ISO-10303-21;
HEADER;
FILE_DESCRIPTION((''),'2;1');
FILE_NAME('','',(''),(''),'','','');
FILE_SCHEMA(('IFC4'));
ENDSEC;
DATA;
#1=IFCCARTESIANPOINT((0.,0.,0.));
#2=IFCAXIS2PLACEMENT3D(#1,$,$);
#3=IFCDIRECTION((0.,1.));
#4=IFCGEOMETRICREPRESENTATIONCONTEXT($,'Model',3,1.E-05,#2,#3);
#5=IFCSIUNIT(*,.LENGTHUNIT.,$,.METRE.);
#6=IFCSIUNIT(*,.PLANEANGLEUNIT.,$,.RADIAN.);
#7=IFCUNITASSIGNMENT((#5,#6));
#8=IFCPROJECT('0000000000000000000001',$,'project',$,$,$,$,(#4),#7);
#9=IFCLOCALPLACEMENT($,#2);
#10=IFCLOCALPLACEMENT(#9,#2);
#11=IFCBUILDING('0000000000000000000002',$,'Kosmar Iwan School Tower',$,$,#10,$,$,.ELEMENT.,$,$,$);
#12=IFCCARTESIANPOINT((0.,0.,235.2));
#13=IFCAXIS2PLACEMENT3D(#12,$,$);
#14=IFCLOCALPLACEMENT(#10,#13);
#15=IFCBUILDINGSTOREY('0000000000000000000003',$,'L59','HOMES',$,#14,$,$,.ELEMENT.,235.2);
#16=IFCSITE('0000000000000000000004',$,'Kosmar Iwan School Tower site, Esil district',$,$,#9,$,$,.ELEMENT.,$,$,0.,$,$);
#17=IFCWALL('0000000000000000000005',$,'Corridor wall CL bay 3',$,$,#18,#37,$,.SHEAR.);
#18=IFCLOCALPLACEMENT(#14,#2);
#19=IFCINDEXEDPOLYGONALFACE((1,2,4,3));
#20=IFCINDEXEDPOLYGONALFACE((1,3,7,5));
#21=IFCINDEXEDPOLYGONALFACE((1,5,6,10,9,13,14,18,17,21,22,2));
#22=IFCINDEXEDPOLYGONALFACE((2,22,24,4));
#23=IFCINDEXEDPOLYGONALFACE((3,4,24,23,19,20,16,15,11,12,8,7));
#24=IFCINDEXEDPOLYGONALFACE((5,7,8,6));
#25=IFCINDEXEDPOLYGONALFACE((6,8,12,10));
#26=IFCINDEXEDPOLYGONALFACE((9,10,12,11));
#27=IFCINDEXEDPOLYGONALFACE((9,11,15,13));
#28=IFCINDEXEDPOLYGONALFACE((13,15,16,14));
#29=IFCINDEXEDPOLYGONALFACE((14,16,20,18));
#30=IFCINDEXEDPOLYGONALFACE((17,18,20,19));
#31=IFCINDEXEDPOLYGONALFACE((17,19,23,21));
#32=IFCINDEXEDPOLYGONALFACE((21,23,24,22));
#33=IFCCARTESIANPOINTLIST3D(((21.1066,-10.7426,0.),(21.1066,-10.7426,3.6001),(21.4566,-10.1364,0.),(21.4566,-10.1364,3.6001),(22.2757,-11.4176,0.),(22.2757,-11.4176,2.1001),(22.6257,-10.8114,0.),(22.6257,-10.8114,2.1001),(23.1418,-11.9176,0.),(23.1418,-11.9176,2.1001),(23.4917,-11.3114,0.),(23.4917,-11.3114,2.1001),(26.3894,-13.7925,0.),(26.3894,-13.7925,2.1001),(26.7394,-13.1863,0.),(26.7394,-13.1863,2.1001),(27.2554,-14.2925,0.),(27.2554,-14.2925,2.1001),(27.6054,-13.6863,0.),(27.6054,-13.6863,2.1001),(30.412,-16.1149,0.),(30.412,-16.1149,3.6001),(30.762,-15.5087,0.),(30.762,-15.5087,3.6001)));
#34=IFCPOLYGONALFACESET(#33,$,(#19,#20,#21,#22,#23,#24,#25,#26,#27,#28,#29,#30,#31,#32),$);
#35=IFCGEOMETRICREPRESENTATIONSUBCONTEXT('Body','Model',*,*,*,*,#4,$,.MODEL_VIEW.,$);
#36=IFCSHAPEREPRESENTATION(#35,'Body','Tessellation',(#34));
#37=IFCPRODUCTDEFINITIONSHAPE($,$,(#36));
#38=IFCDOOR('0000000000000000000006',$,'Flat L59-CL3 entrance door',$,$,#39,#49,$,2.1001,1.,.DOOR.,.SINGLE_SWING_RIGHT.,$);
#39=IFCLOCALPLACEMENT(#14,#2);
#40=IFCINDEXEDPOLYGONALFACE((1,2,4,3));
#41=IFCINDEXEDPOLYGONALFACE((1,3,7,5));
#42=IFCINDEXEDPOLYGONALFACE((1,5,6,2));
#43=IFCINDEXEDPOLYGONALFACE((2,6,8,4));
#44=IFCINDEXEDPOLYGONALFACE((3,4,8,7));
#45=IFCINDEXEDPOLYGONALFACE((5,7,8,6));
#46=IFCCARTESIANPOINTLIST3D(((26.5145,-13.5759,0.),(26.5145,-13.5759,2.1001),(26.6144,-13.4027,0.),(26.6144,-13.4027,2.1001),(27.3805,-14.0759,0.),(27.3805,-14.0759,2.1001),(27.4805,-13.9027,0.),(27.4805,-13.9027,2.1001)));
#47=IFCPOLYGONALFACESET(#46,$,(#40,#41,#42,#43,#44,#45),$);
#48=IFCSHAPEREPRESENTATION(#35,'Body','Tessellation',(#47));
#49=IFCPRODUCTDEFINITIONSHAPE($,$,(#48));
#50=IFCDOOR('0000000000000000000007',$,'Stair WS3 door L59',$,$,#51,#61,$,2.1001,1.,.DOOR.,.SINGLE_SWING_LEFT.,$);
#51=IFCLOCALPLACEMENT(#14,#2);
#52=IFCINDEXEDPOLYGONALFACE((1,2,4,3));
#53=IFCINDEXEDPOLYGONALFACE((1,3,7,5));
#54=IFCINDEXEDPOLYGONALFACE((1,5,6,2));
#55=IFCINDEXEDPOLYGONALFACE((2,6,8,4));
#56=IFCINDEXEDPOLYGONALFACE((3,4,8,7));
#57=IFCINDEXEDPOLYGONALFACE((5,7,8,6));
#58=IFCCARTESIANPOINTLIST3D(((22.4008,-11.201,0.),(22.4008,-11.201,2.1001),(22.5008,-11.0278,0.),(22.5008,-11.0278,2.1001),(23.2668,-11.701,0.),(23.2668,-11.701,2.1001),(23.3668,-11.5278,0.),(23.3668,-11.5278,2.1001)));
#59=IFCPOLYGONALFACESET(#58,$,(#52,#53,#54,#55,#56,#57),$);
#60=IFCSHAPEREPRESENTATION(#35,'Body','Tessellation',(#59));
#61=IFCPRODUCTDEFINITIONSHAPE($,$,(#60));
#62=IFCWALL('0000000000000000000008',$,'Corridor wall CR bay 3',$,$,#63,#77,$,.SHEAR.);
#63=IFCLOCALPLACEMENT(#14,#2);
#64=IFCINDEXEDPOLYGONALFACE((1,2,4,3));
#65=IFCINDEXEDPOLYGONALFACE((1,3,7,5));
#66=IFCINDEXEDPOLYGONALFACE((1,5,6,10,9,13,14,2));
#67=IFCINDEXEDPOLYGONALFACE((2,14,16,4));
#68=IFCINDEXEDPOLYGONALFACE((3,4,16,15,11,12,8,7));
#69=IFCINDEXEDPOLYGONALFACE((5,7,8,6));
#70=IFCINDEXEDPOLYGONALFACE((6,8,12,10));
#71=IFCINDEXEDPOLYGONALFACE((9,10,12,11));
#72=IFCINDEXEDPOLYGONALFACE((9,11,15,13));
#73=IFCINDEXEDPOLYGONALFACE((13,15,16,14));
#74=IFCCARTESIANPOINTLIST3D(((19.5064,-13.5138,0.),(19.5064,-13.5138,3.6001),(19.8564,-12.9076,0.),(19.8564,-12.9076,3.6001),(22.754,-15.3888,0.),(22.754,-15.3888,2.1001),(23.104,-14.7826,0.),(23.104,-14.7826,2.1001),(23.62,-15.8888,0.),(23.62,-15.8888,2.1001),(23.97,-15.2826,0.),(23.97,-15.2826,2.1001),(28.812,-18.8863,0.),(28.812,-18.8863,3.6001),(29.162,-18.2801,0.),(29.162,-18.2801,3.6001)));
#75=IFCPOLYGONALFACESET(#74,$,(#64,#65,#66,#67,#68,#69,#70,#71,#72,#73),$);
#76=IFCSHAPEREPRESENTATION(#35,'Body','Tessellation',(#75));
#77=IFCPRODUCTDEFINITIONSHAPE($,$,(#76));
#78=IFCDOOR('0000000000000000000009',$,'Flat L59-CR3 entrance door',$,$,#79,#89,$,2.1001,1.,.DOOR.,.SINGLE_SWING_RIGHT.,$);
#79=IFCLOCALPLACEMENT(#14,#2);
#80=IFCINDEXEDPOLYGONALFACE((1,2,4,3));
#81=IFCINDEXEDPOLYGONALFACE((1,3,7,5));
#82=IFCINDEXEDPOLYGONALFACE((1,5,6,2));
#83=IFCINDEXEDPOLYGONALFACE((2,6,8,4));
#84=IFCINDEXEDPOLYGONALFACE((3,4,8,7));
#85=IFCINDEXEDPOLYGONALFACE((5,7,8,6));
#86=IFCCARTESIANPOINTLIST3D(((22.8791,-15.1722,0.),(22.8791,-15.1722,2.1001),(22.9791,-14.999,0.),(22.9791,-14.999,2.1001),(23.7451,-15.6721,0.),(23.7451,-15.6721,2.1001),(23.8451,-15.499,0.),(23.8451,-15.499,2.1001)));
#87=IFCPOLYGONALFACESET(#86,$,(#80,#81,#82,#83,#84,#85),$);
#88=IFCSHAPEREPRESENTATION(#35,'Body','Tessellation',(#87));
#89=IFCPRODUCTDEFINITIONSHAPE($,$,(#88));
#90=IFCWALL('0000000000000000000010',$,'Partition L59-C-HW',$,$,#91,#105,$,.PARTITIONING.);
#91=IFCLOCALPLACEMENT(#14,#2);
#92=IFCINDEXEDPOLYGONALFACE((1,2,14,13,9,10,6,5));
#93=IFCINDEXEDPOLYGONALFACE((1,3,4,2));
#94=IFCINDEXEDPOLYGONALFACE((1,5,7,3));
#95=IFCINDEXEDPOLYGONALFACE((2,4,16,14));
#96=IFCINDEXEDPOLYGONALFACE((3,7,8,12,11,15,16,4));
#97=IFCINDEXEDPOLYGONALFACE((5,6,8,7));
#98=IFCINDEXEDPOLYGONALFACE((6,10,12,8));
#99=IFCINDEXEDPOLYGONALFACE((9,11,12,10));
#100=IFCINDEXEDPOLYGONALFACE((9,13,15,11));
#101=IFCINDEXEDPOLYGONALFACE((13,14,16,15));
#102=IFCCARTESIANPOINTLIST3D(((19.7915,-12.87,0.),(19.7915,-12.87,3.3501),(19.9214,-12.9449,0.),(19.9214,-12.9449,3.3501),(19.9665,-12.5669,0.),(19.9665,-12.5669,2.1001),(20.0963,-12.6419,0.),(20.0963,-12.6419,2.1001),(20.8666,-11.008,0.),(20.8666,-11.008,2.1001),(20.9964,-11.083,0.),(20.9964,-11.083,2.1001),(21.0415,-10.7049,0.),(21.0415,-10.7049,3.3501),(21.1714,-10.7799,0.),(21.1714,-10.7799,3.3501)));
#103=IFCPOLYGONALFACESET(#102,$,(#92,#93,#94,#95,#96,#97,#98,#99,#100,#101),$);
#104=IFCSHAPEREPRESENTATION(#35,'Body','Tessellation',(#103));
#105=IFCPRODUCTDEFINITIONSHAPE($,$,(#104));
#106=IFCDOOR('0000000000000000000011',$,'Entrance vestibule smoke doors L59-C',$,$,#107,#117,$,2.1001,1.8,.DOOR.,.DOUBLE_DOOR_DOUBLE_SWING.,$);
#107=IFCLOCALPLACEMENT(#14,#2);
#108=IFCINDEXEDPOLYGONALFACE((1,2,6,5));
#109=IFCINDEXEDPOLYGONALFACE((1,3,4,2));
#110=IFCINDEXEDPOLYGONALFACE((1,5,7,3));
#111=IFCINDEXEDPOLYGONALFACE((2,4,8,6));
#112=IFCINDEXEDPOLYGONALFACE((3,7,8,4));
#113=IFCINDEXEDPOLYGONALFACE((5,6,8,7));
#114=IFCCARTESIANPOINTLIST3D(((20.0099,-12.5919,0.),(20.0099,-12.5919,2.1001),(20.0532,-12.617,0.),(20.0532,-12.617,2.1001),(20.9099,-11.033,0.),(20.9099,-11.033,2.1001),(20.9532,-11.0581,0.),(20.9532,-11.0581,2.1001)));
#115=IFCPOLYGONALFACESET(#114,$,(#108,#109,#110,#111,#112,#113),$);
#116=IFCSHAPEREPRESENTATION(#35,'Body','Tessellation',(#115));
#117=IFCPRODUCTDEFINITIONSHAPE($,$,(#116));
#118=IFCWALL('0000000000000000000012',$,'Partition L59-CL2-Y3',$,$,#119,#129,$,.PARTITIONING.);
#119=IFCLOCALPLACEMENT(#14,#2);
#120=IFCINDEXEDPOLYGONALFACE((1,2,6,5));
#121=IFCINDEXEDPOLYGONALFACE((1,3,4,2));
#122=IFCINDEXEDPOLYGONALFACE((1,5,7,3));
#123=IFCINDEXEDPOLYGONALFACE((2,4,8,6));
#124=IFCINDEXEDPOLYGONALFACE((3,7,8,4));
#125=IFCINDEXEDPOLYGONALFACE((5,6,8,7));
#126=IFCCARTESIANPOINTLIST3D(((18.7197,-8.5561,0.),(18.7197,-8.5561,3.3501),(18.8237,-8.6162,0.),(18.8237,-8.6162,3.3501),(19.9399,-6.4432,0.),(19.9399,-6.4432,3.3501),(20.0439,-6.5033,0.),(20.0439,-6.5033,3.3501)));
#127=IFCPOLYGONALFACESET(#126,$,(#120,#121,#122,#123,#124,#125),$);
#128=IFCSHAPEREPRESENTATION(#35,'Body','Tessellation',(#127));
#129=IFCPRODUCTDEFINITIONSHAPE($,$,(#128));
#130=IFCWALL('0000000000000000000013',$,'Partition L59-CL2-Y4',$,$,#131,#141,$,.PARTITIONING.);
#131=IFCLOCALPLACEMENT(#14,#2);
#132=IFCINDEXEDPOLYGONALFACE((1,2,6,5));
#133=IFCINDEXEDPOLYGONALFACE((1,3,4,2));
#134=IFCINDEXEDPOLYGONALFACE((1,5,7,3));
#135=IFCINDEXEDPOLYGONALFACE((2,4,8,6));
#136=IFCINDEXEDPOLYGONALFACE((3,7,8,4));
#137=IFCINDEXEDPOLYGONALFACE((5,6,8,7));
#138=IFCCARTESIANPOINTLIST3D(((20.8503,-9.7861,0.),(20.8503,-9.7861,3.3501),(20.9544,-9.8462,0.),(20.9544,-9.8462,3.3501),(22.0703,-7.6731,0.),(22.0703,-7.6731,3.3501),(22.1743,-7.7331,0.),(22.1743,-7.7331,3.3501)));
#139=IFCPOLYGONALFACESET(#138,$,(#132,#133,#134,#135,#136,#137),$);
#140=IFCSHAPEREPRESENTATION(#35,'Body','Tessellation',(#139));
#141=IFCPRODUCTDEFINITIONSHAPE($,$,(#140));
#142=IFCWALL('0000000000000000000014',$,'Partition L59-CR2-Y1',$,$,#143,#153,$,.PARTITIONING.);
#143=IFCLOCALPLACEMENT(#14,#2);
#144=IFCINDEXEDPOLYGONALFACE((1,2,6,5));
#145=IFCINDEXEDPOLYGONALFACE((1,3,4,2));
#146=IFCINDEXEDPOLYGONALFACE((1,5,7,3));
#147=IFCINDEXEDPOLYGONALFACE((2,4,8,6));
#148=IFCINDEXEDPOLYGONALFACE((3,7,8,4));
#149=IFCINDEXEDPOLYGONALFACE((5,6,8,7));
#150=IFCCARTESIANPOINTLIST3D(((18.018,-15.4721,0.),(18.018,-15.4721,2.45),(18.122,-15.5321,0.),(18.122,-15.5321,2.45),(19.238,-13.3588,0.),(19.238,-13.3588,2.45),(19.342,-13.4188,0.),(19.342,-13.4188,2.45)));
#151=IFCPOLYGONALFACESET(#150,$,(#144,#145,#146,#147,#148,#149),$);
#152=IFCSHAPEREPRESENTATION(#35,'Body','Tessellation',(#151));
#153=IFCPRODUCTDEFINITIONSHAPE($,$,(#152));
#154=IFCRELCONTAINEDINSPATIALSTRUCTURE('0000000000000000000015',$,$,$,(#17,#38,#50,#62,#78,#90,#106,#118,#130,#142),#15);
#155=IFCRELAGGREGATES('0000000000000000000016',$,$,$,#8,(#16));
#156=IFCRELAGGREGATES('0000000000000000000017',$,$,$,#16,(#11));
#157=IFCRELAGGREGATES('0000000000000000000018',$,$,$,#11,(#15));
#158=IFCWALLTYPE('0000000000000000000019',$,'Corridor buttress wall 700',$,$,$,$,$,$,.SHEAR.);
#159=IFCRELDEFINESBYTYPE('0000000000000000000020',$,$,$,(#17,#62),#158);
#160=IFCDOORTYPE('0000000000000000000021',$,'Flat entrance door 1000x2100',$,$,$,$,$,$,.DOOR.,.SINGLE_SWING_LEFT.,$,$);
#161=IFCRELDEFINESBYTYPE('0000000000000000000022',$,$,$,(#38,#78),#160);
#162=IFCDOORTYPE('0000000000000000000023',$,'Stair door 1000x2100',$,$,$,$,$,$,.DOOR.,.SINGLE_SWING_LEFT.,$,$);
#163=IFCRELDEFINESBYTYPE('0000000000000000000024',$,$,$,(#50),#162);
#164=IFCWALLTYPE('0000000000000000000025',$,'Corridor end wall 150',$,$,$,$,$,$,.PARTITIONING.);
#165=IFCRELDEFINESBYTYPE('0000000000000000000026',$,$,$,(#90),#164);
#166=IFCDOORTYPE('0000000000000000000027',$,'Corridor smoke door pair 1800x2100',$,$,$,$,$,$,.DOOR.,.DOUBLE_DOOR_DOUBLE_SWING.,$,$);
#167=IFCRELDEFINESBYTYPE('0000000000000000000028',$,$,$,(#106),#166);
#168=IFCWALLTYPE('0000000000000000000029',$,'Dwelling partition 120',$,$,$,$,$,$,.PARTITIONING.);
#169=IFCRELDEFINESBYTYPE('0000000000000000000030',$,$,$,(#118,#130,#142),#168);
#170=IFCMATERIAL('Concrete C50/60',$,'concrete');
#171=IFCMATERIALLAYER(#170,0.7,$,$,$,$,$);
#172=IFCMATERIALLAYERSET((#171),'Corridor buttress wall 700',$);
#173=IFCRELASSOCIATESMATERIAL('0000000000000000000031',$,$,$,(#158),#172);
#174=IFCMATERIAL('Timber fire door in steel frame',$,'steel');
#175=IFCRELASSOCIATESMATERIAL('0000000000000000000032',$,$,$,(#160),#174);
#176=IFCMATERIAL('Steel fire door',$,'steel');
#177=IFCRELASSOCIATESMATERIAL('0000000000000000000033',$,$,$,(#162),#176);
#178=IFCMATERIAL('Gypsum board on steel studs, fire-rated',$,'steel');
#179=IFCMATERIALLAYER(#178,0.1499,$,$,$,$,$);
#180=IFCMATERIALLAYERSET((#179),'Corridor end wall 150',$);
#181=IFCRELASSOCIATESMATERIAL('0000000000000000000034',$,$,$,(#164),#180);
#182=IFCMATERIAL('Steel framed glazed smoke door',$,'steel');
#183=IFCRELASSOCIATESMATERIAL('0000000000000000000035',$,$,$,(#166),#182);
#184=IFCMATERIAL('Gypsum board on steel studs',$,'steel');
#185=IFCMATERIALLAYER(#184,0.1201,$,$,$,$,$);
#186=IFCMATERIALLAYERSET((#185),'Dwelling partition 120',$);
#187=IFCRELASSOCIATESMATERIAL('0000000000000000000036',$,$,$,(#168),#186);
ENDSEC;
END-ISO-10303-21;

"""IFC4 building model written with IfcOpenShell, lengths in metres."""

from ifc_helpers import new_model, si_unit, direction, frame, frame_2d, origin, place, context, subcontext, project, spatial, rectangle, extrude, material, layer, layer_set, type_object, element, fill, save


model = new_model("IFC4")

# Units and contexts
model_context = context("Model", 3, precision=1e-05, world=origin(), true_north=direction((0.0, 1.0)))
body_context = subcontext(model_context, "Body", "Model", "MODEL_VIEW")
ifc_project = project(units=[si_unit("LENGTHUNIT", "METRE"), si_unit("PLANEANGLEUNIT", "RADIAN")], contexts=[model_context])

# Site, building, storey
site_placement = place(None, origin())
site = spatial("IfcSite", under=ifc_project, at=site_placement, Name="Kosmar Iwan School Tower site, Esil district", CompositionType="ELEMENT", RefElevation=0.0)
building_placement = place(site_placement, origin())
building = spatial("IfcBuilding", under=site, at=building_placement, Name="Kosmar Iwan School Tower", CompositionType="ELEMENT")
storey_placement = place(building_placement, frame((0.0, 0.0, 235.2)))
storey = spatial("IfcBuildingStorey", under=building, at=storey_placement, Name="L59", Description="HOMES", CompositionType="ELEMENT", Elevation=235.2)

# Wall, openings, doors
ifc_material_1 = material(Name="Concrete C50/60", Category="concrete")
ifc_layer_1 = layer(ifc_material_1, 0.7)
ifc_layer_set_1 = layer_set([ifc_layer_1], Name="Corridor buttress wall 700")
wall_type_1 = type_object("IfcWallType", Name="Corridor buttress wall 700", PredefinedType="SHEAR", material=ifc_layer_set_1)
wall_1_placement = place(storey_placement, frame((21.2815, -10.4395, 0.0), z_axis=(0.0, 0.0, 1.0), x_axis=(0.866032, -0.499988, 0.0)))
wall_1 = element("IfcWall", 1, at=wall_1_placement, inside=storey, type_object=wall_type_1, Name="Corridor wall CL bay 3", PredefinedType="SHEAR", context=body_context, shape_type="SweptSolid", body=[
    extrude(rectangle(XDim=10.7449, YDim=0.7, at=frame_2d((5.3726, 0.0))), origin(), (0.0, 0.0, 1.0), 3.6001),
])
opening_1_placement = place(wall_1_placement, frame((6.1001, 0.0, 0.0)))
opening_1 = element("IfcOpeningElement", 2, at=opening_1_placement, cuts=wall_1, PredefinedType="OPENING", context=body_context, shape_type="SweptSolid", body=[
    extrude(rectangle(XDim=1.0, YDim=2.1001, at=frame_2d((0.5, 1.05))), frame((0.0, 0.3621, 0.0), z_axis=(0.0, -1.0, 0.0), x_axis=(1.0, 0.0, 0.0)), (0.0, 0.0, 1.0), 0.7239),
])
opening_2_placement = place(wall_1_placement, frame((1.3501, 0.0, 0.0)))
opening_2 = element("IfcOpeningElement", 3, at=opening_2_placement, cuts=wall_1, PredefinedType="OPENING", context=body_context, shape_type="SweptSolid", body=[
    extrude(rectangle(XDim=1.0, YDim=2.1001, at=frame_2d((0.5, 1.05))), frame((0.0, 0.3621, 0.0), z_axis=(0.0, -1.0, 0.0), x_axis=(1.0, 0.0, 0.0)), (0.0, 0.0, 1.0), 0.7239),
])
ifc_material_2 = material(Name="Timber fire door in steel frame", Category="steel")
door_type_1 = type_object("IfcDoorType", Name="Flat entrance door 1000x2100", OperationType="SINGLE_SWING_LEFT", PredefinedType="DOOR", material=ifc_material_2)
door_1_placement = place(opening_1_placement, origin())
door_1 = element("IfcDoor", 4, at=door_1_placement, inside=storey, type_object=door_type_1, Name="Flat L59-CL3 entrance door", OperationType="SINGLE_SWING_RIGHT", OverallHeight=2.1001, OverallWidth=1.0, PredefinedType="DOOR", context=body_context, shape_type="SweptSolid", body=[
    extrude(rectangle(XDim=1.0, YDim=2.1001, at=frame_2d((0.5, 1.05))), frame((0.0, 0.1001, 0.0), z_axis=(0.0, -1.0, 0.0), x_axis=(1.0, 0.0, 0.0)), (0.0, 0.0, 1.0), 0.2),
])
fill(opening_1, door_1)
ifc_material_3 = material(Name="Steel fire door", Category="steel")
door_type_2 = type_object("IfcDoorType", Name="Stair door 1000x2100", OperationType="SINGLE_SWING_LEFT", PredefinedType="DOOR", material=ifc_material_3)
door_2_placement = place(opening_2_placement, origin())
door_2 = element("IfcDoor", 5, at=door_2_placement, inside=storey, type_object=door_type_2, Name="Stair WS3 door L59", OperationType="SINGLE_SWING_LEFT", OverallHeight=2.1001, OverallWidth=1.0, PredefinedType="DOOR", context=body_context, shape_type="SweptSolid", body=[
    extrude(rectangle(XDim=1.0, YDim=2.1001, at=frame_2d((0.5, 1.05))), frame((0.0, 0.1001, 0.0), z_axis=(0.0, -1.0, 0.0), x_axis=(1.0, 0.0, 0.0)), (0.0, 0.0, 1.0), 0.2),
])
fill(opening_2, door_2)

# Walls, openings, doors
wall_2_placement = place(storey_placement, frame((19.6814, -13.2107, 0.0), z_axis=(0.0, 0.0, 1.0), x_axis=(0.866028, -0.499995, 0.0)))
wall_2 = element("IfcWall", 6, at=wall_2_placement, inside=storey, type_object=wall_type_1, Name="Corridor wall CR bay 3", PredefinedType="SHEAR", context=body_context, shape_type="SweptSolid", body=[
    extrude(rectangle(XDim=10.7451, YDim=0.7, at=frame_2d((5.3726, 0.0))), origin(), (0.0, 0.0, 1.0), 3.6001),
])
opening_3_placement = place(wall_2_placement, frame((3.75, 0.0, 0.0)))
opening_3 = element("IfcOpeningElement", 7, at=opening_3_placement, cuts=wall_2, PredefinedType="OPENING", context=body_context, shape_type="SweptSolid", body=[
    extrude(rectangle(XDim=1.0, YDim=2.1001, at=frame_2d((0.5, 1.05))), frame((0.0, 0.3621, 0.0), z_axis=(0.0, -1.0, 0.0), x_axis=(1.0, 0.0, 0.0)), (0.0, 0.0, 1.0), 0.7239),
])
door_3_placement = place(opening_3_placement, origin())
door_3 = element("IfcDoor", 8, at=door_3_placement, inside=storey, type_object=door_type_1, Name="Flat L59-CR3 entrance door", OperationType="SINGLE_SWING_RIGHT", OverallHeight=2.1001, OverallWidth=1.0, PredefinedType="DOOR", context=body_context, shape_type="SweptSolid", body=[
    extrude(rectangle(XDim=1.0, YDim=2.1001, at=frame_2d((0.5, 1.05))), frame((0.0, 0.1001, 0.0), z_axis=(0.0, -1.0, 0.0), x_axis=(1.0, 0.0, 0.0)), (0.0, 0.0, 1.0), 0.2),
])
fill(opening_3, door_3)
ifc_material_4 = material(Name="Gypsum board on steel studs, fire-rated", Category="steel")
ifc_layer_2 = layer(ifc_material_4, 0.1499)
ifc_layer_set_2 = layer_set([ifc_layer_2], Name="Corridor end wall 150")
wall_type_2 = type_object("IfcWallType", Name="Corridor end wall 150", PredefinedType="PARTITIONING", material=ifc_layer_set_2)
wall_3_placement = place(storey_placement, frame((19.8564, -12.9075, 0.0), z_axis=(0.0, 0.0, 1.0), x_axis=(0.500004, 0.866023, 0.0)))
wall_3 = element("IfcWall", 9, at=wall_3_placement, inside=storey, type_object=wall_type_2, Name="Partition L59-C-HW", PredefinedType="PARTITIONING", context=body_context, shape_type="SweptSolid", body=[
    extrude(rectangle(XDim=2.5, YDim=0.1499, at=frame_2d((1.25, 0.0))), origin(), (0.0, 0.0, 1.0), 3.3501),
])
opening_4_placement = place(wall_3_placement, frame((0.3501, 0.0, 0.0)))
opening_4 = element("IfcOpeningElement", 10, at=opening_4_placement, cuts=wall_3, PredefinedType="OPENING", context=body_context, shape_type="SweptSolid", body=[
    extrude(rectangle(XDim=1.8, YDim=2.1001, at=frame_2d((0.8999, 1.05))), frame((0.0, 0.0869, 0.0), z_axis=(0.0, -1.0, 0.0), x_axis=(1.0, 0.0, 0.0)), (0.0, 0.0, 1.0), 0.1738),
])
ifc_material_5 = material(Name="Steel framed glazed smoke door", Category="steel")
door_type_3 = type_object("IfcDoorType", Name="Corridor smoke door pair 1800x2100", OperationType="DOUBLE_DOOR_DOUBLE_SWING", PredefinedType="DOOR", material=ifc_material_5)
door_4_placement = place(opening_4_placement, origin())
door_4 = element("IfcDoor", 11, at=door_4_placement, inside=storey, type_object=door_type_3, Name="Entrance vestibule smoke doors L59-C", OperationType="DOUBLE_DOOR_DOUBLE_SWING", OverallHeight=2.1001, OverallWidth=1.8, PredefinedType="DOOR", context=body_context, shape_type="SweptSolid", body=[
    extrude(rectangle(XDim=1.8, YDim=2.1001, at=frame_2d((0.8999, 1.05))), frame((0.0, 0.0249, 0.0), z_axis=(0.0, -1.0, 0.0), x_axis=(1.0, 0.0, 0.0)), (0.0, 0.0, 1.0), 0.05),
])
fill(opening_4, door_4)

# Walls
ifc_material_6 = material(Name="Gypsum board on steel studs", Category="steel")
ifc_layer_3 = layer(ifc_material_6, 0.1201)
ifc_layer_set_3 = layer_set([ifc_layer_3], Name="Dwelling partition 120")
wall_type_3 = type_object("IfcWallType", Name="Dwelling partition 120", PredefinedType="PARTITIONING", material=ifc_layer_set_3)
for number, where, z_axis, x_axis, name in (
    (12, (18.7717, -8.5862, 0.0), (0.0, 0.0, 1.0), (0.500078, 0.865981, 0.0), "Partition L59-CL2-Y3"),
    (13, (20.9023, -9.8162, 0.0), (0.0, 0.0, 1.0), (0.500003, 0.866024, 0.0), "Partition L59-CL2-Y4"),
):
    element("IfcWall", number, at=place(storey_placement, frame(where, z_axis=z_axis, x_axis=x_axis)), inside=storey, type_object=wall_type_3, Name=name, PredefinedType="PARTITIONING", context=body_context, shape_type="SweptSolid", body=[
        extrude(rectangle(XDim=2.4399, YDim=0.1201, at=frame_2d((1.22, 0.0))), origin(), (0.0, 0.0, 1.0), 3.3501),
    ])
wall_4_placement = place(storey_placement, frame((19.29, -13.3887, 0.0), z_axis=(0.0, 0.0, 1.0), x_axis=(-0.499959, -0.866049, 0.0)))
element("IfcWall", 14, at=wall_4_placement, inside=storey, type_object=wall_type_3, Name="Partition L59-CR2-Y1", PredefinedType="PARTITIONING", context=body_context, shape_type="SweptSolid", body=[
    extrude(rectangle(XDim=2.4402, YDim=0.1201, at=frame_2d((1.2202, 0.0))), origin(), (0.0, 0.0, 1.0), 2.45),
])

save(model, "model.ifc")
